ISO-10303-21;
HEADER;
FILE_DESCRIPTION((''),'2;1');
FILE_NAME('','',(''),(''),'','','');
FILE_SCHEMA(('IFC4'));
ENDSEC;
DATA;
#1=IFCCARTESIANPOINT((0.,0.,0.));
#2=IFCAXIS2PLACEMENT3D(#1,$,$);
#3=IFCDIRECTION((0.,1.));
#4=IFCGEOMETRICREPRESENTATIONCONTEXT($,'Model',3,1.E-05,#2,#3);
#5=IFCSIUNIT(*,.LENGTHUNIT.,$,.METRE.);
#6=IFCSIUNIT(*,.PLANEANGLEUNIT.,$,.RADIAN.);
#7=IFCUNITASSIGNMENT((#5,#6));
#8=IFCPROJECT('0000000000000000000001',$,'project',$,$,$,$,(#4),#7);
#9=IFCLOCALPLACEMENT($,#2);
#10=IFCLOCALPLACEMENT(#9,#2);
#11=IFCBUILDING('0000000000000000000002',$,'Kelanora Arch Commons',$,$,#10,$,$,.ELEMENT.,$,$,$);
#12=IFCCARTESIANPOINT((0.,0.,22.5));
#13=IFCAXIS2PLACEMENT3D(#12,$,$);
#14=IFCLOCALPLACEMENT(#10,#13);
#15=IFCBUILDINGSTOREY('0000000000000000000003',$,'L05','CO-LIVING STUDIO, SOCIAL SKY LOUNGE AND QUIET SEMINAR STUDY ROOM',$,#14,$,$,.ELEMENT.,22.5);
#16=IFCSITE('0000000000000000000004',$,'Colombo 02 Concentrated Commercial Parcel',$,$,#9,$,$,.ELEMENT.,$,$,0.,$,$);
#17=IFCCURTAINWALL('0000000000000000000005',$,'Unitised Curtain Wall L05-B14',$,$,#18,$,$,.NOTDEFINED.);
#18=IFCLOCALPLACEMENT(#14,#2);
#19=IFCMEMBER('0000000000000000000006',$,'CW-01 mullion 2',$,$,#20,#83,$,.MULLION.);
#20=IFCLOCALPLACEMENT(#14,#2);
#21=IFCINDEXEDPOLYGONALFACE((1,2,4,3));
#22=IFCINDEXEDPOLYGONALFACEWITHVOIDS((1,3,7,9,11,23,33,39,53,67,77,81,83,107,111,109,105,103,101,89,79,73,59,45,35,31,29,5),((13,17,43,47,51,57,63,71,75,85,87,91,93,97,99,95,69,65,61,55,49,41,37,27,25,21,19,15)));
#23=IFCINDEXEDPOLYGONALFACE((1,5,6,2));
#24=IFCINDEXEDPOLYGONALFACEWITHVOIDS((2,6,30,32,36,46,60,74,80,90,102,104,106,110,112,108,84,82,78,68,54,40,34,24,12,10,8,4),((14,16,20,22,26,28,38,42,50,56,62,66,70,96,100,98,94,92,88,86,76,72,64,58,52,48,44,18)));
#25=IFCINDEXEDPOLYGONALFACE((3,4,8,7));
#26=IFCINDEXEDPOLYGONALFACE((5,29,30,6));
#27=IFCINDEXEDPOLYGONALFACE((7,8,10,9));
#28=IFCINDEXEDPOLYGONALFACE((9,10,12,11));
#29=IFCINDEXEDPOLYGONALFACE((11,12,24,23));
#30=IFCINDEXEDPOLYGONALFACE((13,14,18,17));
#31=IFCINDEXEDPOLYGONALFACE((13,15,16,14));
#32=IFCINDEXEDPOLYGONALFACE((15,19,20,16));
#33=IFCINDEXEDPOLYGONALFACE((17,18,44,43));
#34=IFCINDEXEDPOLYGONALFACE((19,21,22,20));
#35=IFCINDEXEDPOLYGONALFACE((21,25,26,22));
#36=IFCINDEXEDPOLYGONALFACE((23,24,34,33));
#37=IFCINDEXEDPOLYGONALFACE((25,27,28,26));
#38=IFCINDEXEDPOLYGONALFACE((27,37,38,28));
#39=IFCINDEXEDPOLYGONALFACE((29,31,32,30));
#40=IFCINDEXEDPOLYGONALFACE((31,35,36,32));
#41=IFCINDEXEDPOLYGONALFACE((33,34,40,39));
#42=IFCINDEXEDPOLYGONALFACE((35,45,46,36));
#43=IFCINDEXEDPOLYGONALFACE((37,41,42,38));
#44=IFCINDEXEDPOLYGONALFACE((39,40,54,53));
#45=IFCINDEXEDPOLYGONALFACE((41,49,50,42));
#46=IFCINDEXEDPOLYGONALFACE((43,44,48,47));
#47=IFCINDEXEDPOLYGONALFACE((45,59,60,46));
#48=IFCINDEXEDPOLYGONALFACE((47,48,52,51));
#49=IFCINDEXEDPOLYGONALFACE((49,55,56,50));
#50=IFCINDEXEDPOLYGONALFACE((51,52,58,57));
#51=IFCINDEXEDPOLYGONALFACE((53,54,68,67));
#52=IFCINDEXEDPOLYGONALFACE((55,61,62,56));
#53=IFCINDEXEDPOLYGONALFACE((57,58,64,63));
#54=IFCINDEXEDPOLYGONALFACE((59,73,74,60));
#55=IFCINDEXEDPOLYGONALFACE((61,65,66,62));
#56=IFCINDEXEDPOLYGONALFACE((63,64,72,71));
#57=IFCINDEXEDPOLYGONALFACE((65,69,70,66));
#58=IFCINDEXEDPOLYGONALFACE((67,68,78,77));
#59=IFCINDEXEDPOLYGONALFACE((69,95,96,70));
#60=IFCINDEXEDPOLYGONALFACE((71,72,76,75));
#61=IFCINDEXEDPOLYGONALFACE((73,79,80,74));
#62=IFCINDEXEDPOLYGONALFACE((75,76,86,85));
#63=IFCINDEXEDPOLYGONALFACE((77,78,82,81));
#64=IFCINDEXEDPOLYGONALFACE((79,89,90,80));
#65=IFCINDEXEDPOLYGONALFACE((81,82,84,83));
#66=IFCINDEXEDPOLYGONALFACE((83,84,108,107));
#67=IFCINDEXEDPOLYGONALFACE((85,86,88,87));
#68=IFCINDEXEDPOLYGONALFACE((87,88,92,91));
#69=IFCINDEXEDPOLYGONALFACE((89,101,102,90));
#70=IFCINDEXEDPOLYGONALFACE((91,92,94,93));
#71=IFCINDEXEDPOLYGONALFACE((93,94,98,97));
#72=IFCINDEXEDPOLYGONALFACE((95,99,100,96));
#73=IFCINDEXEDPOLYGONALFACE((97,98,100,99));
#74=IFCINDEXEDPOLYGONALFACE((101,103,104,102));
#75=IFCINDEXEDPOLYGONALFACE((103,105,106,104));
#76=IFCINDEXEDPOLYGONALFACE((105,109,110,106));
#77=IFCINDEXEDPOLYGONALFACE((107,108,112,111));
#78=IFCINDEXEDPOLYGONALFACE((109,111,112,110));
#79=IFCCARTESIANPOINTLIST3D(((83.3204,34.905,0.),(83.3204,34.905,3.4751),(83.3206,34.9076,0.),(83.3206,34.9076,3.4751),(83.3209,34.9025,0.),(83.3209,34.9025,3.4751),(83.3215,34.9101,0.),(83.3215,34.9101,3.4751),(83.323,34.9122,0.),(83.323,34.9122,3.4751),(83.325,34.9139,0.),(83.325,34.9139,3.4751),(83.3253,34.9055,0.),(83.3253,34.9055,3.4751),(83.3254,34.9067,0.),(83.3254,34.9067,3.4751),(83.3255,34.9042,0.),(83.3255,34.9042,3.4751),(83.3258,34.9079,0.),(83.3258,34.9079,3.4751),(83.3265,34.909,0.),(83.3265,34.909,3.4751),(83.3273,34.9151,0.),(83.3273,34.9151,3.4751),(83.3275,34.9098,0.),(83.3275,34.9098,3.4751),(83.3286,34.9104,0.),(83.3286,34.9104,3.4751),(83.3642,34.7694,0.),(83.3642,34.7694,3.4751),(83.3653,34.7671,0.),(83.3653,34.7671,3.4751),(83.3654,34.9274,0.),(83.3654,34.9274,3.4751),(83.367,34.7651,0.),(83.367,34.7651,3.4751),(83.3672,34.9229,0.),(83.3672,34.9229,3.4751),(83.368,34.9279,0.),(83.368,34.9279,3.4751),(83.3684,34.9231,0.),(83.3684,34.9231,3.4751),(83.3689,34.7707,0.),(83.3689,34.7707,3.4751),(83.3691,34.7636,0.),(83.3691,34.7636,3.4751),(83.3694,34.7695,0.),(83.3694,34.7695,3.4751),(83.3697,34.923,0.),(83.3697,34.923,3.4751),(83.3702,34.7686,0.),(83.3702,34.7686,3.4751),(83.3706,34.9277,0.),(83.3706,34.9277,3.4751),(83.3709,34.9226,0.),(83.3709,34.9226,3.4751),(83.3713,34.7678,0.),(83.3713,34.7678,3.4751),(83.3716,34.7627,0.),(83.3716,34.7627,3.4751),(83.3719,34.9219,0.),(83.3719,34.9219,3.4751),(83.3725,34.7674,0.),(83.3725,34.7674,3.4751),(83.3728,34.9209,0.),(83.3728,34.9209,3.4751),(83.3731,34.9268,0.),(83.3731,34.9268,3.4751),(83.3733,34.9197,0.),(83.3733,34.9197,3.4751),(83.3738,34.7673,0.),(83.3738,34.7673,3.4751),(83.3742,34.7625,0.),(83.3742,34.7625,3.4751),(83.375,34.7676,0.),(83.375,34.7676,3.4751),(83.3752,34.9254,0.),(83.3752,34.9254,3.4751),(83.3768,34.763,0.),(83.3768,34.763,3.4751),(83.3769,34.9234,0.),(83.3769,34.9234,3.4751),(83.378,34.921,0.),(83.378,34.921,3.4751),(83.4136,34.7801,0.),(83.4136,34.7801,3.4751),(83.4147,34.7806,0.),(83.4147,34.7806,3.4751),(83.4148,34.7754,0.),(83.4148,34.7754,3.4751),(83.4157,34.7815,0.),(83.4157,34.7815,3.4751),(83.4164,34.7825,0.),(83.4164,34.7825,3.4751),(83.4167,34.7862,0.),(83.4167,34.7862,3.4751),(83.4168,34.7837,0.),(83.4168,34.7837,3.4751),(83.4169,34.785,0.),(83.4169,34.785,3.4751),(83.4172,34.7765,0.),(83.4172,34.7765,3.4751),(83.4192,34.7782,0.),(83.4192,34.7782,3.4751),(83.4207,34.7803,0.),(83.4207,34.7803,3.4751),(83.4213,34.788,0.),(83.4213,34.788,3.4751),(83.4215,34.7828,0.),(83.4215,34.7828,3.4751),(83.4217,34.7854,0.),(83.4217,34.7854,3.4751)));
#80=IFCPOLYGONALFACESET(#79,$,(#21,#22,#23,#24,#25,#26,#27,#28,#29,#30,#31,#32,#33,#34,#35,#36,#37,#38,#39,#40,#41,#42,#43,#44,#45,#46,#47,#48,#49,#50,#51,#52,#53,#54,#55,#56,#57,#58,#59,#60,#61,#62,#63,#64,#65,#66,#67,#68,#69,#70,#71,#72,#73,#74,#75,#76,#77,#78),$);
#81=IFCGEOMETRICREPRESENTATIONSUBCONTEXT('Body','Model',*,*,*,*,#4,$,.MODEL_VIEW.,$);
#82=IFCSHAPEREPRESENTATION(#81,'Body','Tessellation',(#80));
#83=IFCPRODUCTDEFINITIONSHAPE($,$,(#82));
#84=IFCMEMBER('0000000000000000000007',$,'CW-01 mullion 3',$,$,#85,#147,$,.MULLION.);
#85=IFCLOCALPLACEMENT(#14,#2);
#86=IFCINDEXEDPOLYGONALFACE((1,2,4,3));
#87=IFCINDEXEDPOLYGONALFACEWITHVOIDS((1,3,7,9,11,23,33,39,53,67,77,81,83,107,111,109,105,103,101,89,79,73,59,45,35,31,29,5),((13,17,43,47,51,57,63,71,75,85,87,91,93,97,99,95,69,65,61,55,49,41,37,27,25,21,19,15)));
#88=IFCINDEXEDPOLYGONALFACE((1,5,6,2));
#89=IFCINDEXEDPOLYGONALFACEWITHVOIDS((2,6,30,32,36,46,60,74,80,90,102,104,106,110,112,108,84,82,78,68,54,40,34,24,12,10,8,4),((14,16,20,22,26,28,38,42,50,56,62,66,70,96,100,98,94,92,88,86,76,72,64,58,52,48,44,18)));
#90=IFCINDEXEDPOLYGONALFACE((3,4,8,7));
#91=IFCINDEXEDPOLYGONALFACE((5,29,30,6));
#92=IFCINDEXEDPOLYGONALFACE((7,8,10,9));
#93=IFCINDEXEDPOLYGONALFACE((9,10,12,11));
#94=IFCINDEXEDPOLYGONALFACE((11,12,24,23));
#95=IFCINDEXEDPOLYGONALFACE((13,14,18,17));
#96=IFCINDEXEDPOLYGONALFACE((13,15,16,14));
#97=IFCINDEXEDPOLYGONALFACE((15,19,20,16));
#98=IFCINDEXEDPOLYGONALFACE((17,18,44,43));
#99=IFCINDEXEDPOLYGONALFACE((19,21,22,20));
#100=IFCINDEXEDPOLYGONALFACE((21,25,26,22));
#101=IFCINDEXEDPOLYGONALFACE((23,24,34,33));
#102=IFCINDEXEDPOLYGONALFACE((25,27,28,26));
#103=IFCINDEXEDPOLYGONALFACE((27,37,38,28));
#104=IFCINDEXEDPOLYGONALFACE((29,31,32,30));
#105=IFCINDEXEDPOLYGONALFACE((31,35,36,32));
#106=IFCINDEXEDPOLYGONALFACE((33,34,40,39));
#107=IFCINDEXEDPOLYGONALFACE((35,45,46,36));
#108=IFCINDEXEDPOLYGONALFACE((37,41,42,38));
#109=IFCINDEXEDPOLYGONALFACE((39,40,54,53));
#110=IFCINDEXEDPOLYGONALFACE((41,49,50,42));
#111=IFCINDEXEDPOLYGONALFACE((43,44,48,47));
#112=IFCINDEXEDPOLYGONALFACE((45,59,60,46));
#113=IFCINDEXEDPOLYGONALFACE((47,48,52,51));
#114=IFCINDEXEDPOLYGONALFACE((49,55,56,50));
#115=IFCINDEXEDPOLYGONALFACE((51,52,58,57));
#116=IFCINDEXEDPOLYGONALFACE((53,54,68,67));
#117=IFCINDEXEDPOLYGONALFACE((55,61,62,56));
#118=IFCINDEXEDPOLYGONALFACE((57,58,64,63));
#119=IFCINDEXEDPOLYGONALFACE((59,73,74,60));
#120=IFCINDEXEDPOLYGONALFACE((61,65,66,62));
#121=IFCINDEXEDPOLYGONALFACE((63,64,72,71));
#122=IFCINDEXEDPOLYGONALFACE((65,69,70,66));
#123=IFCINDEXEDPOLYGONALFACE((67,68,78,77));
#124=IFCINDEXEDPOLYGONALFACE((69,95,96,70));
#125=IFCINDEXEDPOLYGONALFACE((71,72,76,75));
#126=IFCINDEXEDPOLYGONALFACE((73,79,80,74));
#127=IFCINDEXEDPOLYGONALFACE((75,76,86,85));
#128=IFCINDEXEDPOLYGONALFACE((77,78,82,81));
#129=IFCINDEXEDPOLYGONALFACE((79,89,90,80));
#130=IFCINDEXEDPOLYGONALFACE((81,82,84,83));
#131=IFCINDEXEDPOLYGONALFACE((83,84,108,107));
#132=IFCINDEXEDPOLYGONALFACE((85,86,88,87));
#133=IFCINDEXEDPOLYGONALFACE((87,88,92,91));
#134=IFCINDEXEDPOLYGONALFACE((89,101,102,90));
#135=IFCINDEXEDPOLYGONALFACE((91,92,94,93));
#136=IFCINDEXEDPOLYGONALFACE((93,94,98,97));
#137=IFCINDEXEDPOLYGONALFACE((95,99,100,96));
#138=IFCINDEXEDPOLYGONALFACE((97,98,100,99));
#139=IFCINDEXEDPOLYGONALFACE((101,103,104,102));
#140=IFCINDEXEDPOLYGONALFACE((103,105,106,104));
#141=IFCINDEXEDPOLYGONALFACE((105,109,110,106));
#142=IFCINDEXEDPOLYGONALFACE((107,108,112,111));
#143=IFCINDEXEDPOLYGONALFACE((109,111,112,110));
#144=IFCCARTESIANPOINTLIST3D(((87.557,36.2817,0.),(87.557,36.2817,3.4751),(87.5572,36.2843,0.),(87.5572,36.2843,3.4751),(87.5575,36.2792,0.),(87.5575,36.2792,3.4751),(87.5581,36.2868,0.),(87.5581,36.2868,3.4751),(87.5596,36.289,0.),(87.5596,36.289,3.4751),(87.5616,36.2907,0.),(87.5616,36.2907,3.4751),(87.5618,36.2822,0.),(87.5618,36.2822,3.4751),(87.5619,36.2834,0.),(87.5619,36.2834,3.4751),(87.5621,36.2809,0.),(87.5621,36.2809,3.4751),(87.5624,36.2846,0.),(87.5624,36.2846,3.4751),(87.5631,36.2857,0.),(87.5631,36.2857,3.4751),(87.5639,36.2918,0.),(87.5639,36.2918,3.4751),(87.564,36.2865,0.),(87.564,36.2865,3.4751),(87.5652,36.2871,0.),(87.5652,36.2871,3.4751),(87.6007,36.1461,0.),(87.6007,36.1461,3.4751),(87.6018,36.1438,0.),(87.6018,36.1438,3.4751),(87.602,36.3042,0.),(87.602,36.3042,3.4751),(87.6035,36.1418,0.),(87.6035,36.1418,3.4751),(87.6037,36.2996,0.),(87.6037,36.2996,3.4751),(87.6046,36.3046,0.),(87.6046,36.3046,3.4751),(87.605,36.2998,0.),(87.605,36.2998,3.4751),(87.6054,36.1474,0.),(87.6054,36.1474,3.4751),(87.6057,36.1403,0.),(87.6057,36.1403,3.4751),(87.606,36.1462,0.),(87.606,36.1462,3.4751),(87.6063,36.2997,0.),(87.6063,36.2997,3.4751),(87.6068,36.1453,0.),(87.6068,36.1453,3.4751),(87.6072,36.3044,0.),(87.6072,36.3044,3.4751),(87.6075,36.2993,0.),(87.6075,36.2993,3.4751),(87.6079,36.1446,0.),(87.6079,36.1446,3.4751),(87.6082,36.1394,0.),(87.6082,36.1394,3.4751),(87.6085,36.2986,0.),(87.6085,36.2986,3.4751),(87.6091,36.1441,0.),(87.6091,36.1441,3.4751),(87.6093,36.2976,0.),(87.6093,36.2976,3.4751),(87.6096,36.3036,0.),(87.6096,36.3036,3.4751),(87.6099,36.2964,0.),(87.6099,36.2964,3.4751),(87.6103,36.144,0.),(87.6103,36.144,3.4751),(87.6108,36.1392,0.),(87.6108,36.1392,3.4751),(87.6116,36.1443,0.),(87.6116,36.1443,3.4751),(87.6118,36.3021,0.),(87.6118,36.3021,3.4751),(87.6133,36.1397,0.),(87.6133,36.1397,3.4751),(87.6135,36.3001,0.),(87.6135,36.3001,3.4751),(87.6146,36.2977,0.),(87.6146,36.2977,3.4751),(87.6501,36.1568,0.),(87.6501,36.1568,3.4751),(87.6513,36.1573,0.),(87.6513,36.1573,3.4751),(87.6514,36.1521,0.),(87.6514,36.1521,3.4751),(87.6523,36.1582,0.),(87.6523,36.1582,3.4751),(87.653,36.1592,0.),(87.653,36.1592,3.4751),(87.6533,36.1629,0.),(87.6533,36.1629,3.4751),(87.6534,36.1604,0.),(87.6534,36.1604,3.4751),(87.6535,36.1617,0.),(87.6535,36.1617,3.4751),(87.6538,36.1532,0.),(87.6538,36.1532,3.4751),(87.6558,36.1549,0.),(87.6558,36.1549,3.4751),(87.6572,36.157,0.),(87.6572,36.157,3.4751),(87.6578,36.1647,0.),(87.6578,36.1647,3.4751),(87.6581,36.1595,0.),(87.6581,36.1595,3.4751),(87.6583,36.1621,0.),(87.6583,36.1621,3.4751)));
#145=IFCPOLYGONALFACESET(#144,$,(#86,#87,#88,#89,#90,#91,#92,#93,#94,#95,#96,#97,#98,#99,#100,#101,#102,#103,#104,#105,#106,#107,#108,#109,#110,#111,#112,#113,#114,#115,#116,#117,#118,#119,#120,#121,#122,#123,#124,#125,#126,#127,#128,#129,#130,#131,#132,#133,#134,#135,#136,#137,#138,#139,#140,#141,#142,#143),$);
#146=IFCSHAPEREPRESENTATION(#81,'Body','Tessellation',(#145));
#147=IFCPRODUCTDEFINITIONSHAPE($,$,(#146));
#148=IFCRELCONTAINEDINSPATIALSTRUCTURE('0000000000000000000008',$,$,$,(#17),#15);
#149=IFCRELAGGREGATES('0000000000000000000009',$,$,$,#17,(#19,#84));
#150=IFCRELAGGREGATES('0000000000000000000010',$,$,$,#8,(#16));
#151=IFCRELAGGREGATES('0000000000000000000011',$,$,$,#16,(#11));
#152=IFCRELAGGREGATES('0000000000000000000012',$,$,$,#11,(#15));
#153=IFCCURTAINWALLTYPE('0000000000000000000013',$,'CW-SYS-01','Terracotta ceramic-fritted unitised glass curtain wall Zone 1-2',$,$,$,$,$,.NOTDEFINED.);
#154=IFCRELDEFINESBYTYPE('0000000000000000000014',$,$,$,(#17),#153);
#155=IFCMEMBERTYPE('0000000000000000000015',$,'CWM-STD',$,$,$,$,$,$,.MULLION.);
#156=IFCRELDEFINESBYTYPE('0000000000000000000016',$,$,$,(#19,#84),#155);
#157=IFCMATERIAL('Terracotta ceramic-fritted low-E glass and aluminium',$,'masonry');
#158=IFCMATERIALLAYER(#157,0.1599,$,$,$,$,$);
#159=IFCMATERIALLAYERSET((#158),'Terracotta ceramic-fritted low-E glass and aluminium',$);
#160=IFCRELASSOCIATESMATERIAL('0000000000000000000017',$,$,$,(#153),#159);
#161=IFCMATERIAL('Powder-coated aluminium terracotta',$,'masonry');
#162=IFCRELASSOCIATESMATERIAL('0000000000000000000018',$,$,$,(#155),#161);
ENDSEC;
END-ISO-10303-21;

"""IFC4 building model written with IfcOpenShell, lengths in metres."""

from ifc_helpers import new_model, si_unit, direction, frame, origin, origin_2d, place, context, subcontext, project, spatial, hollow_rectangle, extrude, material, layer, layer_set, material_profile, profile_set, type_object, element, aggregate, save


model = new_model("IFC4")

# Units and contexts
model_context = context("Model", 3, precision=1e-05, world=origin(), true_north=direction((0.0, 1.0)))
body_context = subcontext(model_context, "Body", "Model", "MODEL_VIEW")
ifc_project = project(units=[si_unit("LENGTHUNIT", "METRE"), si_unit("PLANEANGLEUNIT", "RADIAN")], contexts=[model_context])

# Site, building, storey
site_placement = place(None, origin())
site = spatial("IfcSite", under=ifc_project, at=site_placement, Name="Colombo 02 Concentrated Commercial Parcel", CompositionType="ELEMENT", RefElevation=0.0)
building_placement = place(site_placement, origin())
building = spatial("IfcBuilding", under=site, at=building_placement, Name="Kelanora Arch Commons", CompositionType="ELEMENT")
storey_placement = place(building_placement, frame((0.0, 0.0, 22.5)))
storey = spatial("IfcBuildingStorey", under=building, at=storey_placement, Name="L05", Description="CO-LIVING STUDIO, SOCIAL SKY LOUNGE AND QUIET SEMINAR STUDY ROOM", CompositionType="ELEMENT", Elevation=22.5)

# Curtain wall, members
ifc_material_1 = material(Name="Terracotta ceramic-fritted low-E glass and aluminium", Category="masonry")
ifc_layer_1 = layer(ifc_material_1, 0.1599)
ifc_layer_set_1 = layer_set([ifc_layer_1], Name="Terracotta ceramic-fritted low-E glass and aluminium")
curtain_wall_type = type_object("IfcCurtainWallType", Name="CW-SYS-01", Description="Terracotta ceramic-fritted unitised glass curtain wall Zone 1-2", PredefinedType="NOTDEFINED", material=ifc_layer_set_1)
curtain_wall_placement = place(storey_placement, origin())
curtain_wall = element("IfcCurtainWall", 1, at=curtain_wall_placement, inside=storey, type_object=curtain_wall_type, Name="Unitised Curtain Wall L05-B14", PredefinedType="NOTDEFINED")
ifc_material_2 = material(Name="Powder-coated aluminium terracotta", Category="masonry")
ifc_material_profile_1 = material_profile(ifc_material_2, hollow_rectangle(XDim=0.1599, YDim=0.0601, WallThickness=0.0049, InnerFilletRadius=0.0049, OuterFilletRadius=0.01, at=origin_2d()), Name="CWM160x60")
ifc_profile_set_1 = profile_set([ifc_material_profile_1], Name="Powder-coated aluminium terracotta")
member_type_1 = type_object("IfcMemberType", Name="CWM-STD", PredefinedType="MULLION", material=ifc_profile_set_1)
member_1_placement = place(storey_placement, frame((83.3711, 34.8452, 0.0), z_axis=(0.0, 0.0, 1.0), x_axis=(-0.309058, 0.951043, 0.0)))
member_1 = element("IfcMember", 2, at=member_1_placement, type_object=member_type_1, Name="CW-01 mullion 2", PredefinedType="MULLION", context=body_context, shape_type="SweptSolid", body=[
    extrude(hollow_rectangle(XDim=0.1599, YDim=0.0601, WallThickness=0.0049, InnerFilletRadius=0.0049, OuterFilletRadius=0.01, at=origin_2d()), origin(), (0.0, 0.0, 1.0), 3.4751),
])
member_2_placement = place(storey_placement, frame((87.6077, 36.2219, 0.0), z_axis=(0.0, 0.0, 1.0), x_axis=(-0.309058, 0.951043, 0.0)))
member_2 = element("IfcMember", 3, at=member_2_placement, type_object=member_type_1, Name="CW-01 mullion 3", PredefinedType="MULLION", context=body_context, shape_type="SweptSolid", body=[
    extrude(hollow_rectangle(XDim=0.1599, YDim=0.0601, WallThickness=0.0049, InnerFilletRadius=0.0049, OuterFilletRadius=0.01, at=origin_2d()), origin(), (0.0, 0.0, 1.0), 3.4751),
])
aggregate(curtain_wall, [member_1, member_2])

save(model, "model.ifc")
